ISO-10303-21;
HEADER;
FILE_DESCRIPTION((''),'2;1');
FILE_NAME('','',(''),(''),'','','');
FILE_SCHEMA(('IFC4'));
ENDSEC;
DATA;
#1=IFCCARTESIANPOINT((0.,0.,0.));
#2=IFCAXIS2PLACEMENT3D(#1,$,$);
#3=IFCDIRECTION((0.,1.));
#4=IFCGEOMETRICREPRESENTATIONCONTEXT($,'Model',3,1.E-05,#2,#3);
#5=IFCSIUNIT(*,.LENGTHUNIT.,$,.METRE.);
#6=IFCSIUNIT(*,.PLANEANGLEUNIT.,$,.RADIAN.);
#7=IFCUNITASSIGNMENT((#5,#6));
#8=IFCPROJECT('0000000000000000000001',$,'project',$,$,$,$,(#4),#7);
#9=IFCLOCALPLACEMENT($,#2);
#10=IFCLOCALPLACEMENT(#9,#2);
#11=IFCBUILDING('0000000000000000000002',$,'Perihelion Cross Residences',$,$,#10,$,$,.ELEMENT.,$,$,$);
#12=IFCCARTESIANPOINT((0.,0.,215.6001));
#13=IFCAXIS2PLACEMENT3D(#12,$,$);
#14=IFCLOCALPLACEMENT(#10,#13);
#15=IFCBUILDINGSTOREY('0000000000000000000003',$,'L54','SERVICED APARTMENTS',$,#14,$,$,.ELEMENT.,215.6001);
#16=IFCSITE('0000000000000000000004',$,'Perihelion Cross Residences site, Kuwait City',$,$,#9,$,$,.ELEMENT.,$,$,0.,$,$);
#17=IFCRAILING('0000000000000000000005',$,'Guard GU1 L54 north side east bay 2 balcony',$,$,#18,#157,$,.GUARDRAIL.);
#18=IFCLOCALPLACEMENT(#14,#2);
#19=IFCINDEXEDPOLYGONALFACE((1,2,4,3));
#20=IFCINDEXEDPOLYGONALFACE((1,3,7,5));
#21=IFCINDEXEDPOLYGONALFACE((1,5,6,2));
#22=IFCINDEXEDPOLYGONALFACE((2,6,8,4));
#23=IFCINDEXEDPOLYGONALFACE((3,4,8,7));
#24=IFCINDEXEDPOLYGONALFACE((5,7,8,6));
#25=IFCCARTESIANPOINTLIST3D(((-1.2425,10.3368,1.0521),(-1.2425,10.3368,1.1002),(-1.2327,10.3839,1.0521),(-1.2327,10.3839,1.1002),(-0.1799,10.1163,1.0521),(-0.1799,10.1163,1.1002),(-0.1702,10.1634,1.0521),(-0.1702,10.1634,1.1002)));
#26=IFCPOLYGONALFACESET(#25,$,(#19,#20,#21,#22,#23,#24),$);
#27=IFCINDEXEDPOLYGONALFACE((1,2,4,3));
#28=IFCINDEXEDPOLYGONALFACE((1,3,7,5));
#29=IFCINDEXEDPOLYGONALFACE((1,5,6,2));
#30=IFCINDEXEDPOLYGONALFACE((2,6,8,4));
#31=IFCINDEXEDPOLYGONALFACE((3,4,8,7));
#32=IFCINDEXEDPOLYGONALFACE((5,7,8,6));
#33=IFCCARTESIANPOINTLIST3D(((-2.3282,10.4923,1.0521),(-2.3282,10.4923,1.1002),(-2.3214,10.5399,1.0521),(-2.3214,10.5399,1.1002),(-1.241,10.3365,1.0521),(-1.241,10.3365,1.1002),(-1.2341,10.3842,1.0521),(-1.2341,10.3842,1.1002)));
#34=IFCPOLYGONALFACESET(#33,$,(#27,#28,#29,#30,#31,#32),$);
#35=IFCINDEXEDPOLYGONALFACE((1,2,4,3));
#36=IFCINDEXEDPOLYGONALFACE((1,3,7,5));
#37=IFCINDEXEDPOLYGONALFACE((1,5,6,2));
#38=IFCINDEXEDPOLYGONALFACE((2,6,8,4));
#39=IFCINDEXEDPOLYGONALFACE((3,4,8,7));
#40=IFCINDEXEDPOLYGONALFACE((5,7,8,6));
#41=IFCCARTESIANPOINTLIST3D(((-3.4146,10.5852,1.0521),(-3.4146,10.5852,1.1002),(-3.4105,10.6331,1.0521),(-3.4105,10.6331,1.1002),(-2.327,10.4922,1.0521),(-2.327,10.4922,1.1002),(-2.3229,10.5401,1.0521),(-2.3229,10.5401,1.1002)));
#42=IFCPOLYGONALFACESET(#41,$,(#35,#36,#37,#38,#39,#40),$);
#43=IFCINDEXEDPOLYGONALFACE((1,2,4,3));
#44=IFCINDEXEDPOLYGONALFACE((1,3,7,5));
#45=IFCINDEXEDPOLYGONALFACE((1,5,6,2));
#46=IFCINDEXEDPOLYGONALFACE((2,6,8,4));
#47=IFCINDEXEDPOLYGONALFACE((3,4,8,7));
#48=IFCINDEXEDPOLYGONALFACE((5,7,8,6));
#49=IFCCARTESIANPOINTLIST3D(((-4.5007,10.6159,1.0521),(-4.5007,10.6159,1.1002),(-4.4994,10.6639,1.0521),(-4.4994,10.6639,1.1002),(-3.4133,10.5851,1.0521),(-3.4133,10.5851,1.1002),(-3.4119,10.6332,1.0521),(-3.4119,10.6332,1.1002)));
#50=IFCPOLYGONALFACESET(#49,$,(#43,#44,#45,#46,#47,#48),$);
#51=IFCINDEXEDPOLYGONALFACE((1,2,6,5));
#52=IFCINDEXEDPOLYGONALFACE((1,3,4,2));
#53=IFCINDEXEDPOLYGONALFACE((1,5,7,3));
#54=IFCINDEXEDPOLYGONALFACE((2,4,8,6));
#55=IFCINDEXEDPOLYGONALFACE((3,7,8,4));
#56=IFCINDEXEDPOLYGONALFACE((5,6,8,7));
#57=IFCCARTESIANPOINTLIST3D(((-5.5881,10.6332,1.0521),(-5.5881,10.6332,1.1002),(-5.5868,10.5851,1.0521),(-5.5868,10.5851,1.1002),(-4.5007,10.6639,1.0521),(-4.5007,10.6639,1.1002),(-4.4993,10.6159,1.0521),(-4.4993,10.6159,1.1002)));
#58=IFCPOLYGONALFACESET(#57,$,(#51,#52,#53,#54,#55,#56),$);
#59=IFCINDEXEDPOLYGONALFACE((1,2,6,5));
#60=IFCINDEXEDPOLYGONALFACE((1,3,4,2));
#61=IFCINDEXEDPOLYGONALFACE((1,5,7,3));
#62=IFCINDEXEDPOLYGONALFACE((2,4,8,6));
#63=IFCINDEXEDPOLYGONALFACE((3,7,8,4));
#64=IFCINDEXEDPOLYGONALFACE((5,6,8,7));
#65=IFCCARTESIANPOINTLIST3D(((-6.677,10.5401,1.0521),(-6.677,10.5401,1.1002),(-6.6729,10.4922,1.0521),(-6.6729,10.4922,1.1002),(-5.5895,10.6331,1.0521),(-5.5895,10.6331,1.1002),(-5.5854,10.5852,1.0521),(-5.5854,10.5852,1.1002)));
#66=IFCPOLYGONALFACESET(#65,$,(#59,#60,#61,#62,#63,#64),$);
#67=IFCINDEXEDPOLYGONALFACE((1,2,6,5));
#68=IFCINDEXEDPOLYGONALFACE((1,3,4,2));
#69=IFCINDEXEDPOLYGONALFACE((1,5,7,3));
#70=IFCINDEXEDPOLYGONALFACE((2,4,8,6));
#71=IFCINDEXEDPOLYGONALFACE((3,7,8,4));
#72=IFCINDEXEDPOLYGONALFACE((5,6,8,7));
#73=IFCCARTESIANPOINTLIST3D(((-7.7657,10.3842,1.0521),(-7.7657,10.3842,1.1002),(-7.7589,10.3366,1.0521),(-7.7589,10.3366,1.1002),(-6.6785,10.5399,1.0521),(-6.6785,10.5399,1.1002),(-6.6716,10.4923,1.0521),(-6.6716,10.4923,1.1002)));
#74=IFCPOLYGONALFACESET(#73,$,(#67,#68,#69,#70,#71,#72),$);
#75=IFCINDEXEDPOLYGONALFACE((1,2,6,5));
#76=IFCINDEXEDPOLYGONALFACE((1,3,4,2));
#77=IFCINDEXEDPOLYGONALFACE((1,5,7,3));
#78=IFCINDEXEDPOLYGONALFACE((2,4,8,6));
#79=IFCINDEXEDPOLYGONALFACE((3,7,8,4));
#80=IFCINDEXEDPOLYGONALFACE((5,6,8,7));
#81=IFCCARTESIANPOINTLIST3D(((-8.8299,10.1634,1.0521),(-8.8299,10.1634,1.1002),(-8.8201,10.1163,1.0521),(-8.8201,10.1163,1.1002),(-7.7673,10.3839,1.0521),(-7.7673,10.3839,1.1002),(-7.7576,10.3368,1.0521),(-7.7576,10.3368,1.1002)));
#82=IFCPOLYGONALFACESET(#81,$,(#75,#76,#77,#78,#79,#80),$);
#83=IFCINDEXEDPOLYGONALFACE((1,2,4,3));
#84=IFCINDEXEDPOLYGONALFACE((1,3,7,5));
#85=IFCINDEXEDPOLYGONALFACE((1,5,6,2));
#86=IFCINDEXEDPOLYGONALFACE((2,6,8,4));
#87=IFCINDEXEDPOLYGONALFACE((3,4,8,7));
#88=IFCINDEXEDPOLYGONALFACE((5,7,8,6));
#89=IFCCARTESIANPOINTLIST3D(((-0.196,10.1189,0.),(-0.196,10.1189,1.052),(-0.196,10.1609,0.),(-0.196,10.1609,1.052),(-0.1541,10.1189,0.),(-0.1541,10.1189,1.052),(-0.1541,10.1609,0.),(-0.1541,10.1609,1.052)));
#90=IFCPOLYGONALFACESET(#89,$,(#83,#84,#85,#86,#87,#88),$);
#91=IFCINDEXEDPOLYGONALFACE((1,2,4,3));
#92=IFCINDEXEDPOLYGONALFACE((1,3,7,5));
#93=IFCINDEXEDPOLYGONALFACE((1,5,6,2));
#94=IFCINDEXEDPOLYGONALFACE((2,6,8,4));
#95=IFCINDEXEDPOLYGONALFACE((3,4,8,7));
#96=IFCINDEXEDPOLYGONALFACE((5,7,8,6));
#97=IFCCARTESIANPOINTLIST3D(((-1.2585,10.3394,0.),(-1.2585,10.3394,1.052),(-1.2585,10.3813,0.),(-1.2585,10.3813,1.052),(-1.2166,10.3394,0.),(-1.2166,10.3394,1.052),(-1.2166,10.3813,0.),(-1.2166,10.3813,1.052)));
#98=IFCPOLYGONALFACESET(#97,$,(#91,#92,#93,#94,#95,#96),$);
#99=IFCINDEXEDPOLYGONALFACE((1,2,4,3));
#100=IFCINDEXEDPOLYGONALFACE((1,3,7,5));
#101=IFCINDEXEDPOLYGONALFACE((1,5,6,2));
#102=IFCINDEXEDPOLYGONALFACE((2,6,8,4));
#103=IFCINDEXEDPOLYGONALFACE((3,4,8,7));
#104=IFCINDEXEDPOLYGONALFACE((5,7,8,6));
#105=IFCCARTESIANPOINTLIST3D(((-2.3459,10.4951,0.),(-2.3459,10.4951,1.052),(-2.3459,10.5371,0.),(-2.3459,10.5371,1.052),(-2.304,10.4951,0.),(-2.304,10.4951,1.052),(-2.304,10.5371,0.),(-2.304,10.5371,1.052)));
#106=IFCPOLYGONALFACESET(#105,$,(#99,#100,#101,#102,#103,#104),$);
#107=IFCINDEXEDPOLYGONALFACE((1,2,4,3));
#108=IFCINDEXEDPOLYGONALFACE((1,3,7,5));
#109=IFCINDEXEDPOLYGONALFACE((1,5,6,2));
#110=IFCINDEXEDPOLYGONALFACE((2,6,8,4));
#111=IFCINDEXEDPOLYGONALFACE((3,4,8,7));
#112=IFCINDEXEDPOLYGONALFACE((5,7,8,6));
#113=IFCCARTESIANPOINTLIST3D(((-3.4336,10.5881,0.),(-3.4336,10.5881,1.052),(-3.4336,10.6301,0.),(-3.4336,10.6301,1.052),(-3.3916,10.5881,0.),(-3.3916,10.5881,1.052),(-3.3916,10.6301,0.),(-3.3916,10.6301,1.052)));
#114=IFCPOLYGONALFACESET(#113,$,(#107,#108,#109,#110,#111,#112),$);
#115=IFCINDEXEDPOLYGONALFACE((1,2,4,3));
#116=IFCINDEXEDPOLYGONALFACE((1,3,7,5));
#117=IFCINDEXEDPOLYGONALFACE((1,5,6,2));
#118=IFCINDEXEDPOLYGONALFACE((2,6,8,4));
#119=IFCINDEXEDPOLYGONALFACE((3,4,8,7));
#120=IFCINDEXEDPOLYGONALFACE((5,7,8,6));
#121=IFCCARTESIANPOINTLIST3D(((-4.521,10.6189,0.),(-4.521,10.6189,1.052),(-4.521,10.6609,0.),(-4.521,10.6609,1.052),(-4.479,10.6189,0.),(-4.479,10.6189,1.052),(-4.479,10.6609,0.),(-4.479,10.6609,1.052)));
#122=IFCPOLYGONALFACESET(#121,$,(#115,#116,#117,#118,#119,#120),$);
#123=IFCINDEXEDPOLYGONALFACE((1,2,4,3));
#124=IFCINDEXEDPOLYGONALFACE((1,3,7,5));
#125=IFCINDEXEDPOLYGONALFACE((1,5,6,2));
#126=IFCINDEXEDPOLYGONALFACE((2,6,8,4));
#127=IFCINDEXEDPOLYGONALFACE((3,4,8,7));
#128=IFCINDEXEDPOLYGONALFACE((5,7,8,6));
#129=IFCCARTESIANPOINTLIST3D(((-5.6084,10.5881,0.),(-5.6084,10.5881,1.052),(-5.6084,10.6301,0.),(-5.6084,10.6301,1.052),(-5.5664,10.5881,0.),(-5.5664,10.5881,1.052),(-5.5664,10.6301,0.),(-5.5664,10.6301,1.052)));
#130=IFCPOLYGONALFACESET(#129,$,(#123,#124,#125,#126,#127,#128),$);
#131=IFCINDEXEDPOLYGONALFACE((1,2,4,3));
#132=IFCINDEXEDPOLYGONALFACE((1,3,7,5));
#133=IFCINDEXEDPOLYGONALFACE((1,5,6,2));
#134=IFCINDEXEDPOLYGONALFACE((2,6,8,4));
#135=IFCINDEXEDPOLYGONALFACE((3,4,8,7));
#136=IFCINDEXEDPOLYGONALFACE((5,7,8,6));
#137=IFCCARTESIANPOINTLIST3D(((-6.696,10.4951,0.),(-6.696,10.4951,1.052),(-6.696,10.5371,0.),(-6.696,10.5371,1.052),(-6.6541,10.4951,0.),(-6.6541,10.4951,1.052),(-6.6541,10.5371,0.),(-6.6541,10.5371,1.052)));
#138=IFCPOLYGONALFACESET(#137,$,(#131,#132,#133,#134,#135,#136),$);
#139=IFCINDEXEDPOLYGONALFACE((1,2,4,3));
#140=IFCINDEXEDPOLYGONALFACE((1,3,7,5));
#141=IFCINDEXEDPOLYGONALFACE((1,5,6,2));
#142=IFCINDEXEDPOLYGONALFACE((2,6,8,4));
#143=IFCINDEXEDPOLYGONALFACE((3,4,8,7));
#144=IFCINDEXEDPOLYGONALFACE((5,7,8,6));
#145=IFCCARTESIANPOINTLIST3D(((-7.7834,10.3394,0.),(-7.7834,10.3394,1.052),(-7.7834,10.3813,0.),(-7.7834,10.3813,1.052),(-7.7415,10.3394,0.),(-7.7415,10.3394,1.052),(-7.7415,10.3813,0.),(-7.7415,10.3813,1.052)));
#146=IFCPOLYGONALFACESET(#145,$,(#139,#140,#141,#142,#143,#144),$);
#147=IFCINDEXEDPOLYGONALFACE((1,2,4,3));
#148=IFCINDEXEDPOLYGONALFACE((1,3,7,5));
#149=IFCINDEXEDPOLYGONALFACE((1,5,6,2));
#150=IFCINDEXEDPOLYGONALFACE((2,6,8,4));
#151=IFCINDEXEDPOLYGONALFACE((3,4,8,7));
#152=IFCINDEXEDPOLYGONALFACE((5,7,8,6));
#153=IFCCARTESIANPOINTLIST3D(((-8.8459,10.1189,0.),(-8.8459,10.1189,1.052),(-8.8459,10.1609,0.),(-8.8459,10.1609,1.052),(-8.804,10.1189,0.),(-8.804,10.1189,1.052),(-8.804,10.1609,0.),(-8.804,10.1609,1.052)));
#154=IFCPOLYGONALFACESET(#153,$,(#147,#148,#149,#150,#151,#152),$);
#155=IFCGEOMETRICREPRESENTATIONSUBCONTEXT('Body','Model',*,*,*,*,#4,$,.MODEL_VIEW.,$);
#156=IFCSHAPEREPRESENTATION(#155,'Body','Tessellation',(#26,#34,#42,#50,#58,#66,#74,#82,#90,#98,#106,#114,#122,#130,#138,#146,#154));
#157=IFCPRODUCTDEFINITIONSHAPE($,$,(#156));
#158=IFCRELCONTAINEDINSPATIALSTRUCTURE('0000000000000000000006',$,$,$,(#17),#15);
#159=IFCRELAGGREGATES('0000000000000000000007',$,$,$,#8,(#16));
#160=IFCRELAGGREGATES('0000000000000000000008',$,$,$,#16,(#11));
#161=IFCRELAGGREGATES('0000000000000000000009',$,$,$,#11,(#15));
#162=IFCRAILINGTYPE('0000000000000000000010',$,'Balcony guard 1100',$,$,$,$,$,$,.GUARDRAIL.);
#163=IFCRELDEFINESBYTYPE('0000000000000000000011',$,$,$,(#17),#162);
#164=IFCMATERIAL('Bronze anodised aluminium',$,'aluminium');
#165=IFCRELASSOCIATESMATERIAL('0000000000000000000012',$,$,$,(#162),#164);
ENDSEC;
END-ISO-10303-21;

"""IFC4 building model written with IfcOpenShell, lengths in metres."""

from ifc_helpers import new_model, si_unit, direction, frame, origin, origin_2d, place, context, subcontext, project, spatial, rectangle, extrude, material, type_object, element, save


model = new_model("IFC4")

# Units and contexts
model_context = context("Model", 3, precision=1e-05, world=origin(), true_north=direction((0.0, 1.0)))
body_context = subcontext(model_context, "Body", "Model", "MODEL_VIEW")
ifc_project = project(units=[si_unit("LENGTHUNIT", "METRE"), si_unit("PLANEANGLEUNIT", "RADIAN")], contexts=[model_context])

# Site, building, storey
site_placement = place(None, origin())
site = spatial("IfcSite", under=ifc_project, at=site_placement, Name="Perihelion Cross Residences site, Kuwait City", CompositionType="ELEMENT", RefElevation=0.0)
building_placement = place(site_placement, origin())
building = spatial("IfcBuilding", under=site, at=building_placement, Name="Perihelion Cross Residences", CompositionType="ELEMENT")
storey_placement = place(building_placement, frame((0.0, 0.0, 215.6001)))
storey = spatial("IfcBuildingStorey", under=building, at=storey_placement, Name="L54", Description="SERVICED APARTMENTS", CompositionType="ELEMENT", Elevation=215.6001)

# Railing
ifc_material_1 = material(Name="Bronze anodised aluminium", Category="aluminium")
railing_type = type_object("IfcRailingType", Name="Balcony guard 1100", PredefinedType="GUARDRAIL", material=ifc_material_1)
railing_1_placement = place(storey_placement, frame((-0.175, 10.1399, 0.0)))
element("IfcRailing", 1, at=railing_1_placement, inside=storey, type_object=railing_type, Name="Guard GU1 L54 north side east bay 2 balcony", PredefinedType="GUARDRAIL", context=body_context, shape_type="SweptSolid", body=[
    extrude(rectangle(XDim=0.0481, YDim=0.0481, at=origin_2d()), frame((0.0, 0.0, 1.0762), z_axis=(-0.979145, 0.203164, 0.0), x_axis=(-0.203164, -0.979145, 0.0)), (0.0, 0.0, 1.0), 1.0852),
    extrude(rectangle(XDim=0.0481, YDim=0.0481, at=origin_2d()), frame((-1.0625, 0.2205, 1.0762), z_axis=(-0.989896, 0.141795, 0.0), x_axis=(-0.141795, -0.989896, 0.0)), (0.0, 0.0, 1.0), 1.0984),
    extrude(rectangle(XDim=0.0481, YDim=0.0481, at=origin_2d()), frame((-2.1499, 0.3762, 1.0762), z_axis=(-0.996363, 0.085211, 0.0), x_axis=(-0.085211, -0.996363, 0.0)), (0.0, 0.0, 1.0), 1.0916),
    extrude(rectangle(XDim=0.0481, YDim=0.0481, at=origin_2d()), frame((-3.2375, 0.4692, 1.0762), z_axis=(-0.9996, 0.028278, 0.0), x_axis=(-0.028278, -0.9996, 0.0)), (0.0, 0.0, 1.0), 1.0879),
    extrude(rectangle(XDim=0.0481, YDim=0.0481, at=origin_2d()), frame((-4.325, 0.5, 1.0762), z_axis=(-0.9996, -0.028278, 0.0), x_axis=(0.028278, -0.9996, 0.0)), (0.0, 0.0, 1.0), 1.0879),
    extrude(rectangle(XDim=0.0481, YDim=0.0481, at=origin_2d()), frame((-5.4124, 0.4692, 1.0762), z_axis=(-0.996363, -0.085211, 0.0), x_axis=(0.085211, -0.996363, 0.0)), (0.0, 0.0, 1.0), 1.0916),
    extrude(rectangle(XDim=0.0481, YDim=0.0481, at=origin_2d()), frame((-6.5, 0.3762, 1.0762), z_axis=(-0.989896, -0.141795, 0.0), x_axis=(0.141795, -0.989896, 0.0)), (0.0, 0.0, 1.0), 1.0984),
    extrude(rectangle(XDim=0.0481, YDim=0.0481, at=origin_2d()), frame((-7.5874, 0.2205, 1.0762), z_axis=(-0.979145, -0.203164, 0.0), x_axis=(0.203164, -0.979145, 0.0)), (0.0, 0.0, 1.0), 1.0852),
    extrude(rectangle(XDim=0.042, YDim=0.042, at=origin_2d()), origin(), (0.0, 0.0, 1.0), 1.052),
    extrude(rectangle(XDim=0.042, YDim=0.042, at=origin_2d()), frame((-1.0625, 0.2205, 0.0)), (0.0, 0.0, 1.0), 1.052),
    extrude(rectangle(XDim=0.042, YDim=0.042, at=origin_2d()), frame((-2.1499, 0.3762, 0.0)), (0.0, 0.0, 1.0), 1.052),
    extrude(rectangle(XDim=0.042, YDim=0.042, at=origin_2d()), frame((-3.2375, 0.4692, 0.0)), (0.0, 0.0, 1.0), 1.052),
    extrude(rectangle(XDim=0.042, YDim=0.042, at=origin_2d()), frame((-4.325, 0.5, 0.0)), (0.0, 0.0, 1.0), 1.052),
    extrude(rectangle(XDim=0.042, YDim=0.042, at=origin_2d()), frame((-5.4124, 0.4692, 0.0)), (0.0, 0.0, 1.0), 1.052),
    extrude(rectangle(XDim=0.042, YDim=0.042, at=origin_2d()), frame((-6.5, 0.3762, 0.0)), (0.0, 0.0, 1.0), 1.052),
    extrude(rectangle(XDim=0.042, YDim=0.042, at=origin_2d()), frame((-7.5874, 0.2205, 0.0)), (0.0, 0.0, 1.0), 1.052),
    extrude(rectangle(XDim=0.042, YDim=0.042, at=origin_2d()), frame((-8.6499, 0.0, 0.0)), (0.0, 0.0, 1.0), 1.052),
])

save(model, "model.ifc")
